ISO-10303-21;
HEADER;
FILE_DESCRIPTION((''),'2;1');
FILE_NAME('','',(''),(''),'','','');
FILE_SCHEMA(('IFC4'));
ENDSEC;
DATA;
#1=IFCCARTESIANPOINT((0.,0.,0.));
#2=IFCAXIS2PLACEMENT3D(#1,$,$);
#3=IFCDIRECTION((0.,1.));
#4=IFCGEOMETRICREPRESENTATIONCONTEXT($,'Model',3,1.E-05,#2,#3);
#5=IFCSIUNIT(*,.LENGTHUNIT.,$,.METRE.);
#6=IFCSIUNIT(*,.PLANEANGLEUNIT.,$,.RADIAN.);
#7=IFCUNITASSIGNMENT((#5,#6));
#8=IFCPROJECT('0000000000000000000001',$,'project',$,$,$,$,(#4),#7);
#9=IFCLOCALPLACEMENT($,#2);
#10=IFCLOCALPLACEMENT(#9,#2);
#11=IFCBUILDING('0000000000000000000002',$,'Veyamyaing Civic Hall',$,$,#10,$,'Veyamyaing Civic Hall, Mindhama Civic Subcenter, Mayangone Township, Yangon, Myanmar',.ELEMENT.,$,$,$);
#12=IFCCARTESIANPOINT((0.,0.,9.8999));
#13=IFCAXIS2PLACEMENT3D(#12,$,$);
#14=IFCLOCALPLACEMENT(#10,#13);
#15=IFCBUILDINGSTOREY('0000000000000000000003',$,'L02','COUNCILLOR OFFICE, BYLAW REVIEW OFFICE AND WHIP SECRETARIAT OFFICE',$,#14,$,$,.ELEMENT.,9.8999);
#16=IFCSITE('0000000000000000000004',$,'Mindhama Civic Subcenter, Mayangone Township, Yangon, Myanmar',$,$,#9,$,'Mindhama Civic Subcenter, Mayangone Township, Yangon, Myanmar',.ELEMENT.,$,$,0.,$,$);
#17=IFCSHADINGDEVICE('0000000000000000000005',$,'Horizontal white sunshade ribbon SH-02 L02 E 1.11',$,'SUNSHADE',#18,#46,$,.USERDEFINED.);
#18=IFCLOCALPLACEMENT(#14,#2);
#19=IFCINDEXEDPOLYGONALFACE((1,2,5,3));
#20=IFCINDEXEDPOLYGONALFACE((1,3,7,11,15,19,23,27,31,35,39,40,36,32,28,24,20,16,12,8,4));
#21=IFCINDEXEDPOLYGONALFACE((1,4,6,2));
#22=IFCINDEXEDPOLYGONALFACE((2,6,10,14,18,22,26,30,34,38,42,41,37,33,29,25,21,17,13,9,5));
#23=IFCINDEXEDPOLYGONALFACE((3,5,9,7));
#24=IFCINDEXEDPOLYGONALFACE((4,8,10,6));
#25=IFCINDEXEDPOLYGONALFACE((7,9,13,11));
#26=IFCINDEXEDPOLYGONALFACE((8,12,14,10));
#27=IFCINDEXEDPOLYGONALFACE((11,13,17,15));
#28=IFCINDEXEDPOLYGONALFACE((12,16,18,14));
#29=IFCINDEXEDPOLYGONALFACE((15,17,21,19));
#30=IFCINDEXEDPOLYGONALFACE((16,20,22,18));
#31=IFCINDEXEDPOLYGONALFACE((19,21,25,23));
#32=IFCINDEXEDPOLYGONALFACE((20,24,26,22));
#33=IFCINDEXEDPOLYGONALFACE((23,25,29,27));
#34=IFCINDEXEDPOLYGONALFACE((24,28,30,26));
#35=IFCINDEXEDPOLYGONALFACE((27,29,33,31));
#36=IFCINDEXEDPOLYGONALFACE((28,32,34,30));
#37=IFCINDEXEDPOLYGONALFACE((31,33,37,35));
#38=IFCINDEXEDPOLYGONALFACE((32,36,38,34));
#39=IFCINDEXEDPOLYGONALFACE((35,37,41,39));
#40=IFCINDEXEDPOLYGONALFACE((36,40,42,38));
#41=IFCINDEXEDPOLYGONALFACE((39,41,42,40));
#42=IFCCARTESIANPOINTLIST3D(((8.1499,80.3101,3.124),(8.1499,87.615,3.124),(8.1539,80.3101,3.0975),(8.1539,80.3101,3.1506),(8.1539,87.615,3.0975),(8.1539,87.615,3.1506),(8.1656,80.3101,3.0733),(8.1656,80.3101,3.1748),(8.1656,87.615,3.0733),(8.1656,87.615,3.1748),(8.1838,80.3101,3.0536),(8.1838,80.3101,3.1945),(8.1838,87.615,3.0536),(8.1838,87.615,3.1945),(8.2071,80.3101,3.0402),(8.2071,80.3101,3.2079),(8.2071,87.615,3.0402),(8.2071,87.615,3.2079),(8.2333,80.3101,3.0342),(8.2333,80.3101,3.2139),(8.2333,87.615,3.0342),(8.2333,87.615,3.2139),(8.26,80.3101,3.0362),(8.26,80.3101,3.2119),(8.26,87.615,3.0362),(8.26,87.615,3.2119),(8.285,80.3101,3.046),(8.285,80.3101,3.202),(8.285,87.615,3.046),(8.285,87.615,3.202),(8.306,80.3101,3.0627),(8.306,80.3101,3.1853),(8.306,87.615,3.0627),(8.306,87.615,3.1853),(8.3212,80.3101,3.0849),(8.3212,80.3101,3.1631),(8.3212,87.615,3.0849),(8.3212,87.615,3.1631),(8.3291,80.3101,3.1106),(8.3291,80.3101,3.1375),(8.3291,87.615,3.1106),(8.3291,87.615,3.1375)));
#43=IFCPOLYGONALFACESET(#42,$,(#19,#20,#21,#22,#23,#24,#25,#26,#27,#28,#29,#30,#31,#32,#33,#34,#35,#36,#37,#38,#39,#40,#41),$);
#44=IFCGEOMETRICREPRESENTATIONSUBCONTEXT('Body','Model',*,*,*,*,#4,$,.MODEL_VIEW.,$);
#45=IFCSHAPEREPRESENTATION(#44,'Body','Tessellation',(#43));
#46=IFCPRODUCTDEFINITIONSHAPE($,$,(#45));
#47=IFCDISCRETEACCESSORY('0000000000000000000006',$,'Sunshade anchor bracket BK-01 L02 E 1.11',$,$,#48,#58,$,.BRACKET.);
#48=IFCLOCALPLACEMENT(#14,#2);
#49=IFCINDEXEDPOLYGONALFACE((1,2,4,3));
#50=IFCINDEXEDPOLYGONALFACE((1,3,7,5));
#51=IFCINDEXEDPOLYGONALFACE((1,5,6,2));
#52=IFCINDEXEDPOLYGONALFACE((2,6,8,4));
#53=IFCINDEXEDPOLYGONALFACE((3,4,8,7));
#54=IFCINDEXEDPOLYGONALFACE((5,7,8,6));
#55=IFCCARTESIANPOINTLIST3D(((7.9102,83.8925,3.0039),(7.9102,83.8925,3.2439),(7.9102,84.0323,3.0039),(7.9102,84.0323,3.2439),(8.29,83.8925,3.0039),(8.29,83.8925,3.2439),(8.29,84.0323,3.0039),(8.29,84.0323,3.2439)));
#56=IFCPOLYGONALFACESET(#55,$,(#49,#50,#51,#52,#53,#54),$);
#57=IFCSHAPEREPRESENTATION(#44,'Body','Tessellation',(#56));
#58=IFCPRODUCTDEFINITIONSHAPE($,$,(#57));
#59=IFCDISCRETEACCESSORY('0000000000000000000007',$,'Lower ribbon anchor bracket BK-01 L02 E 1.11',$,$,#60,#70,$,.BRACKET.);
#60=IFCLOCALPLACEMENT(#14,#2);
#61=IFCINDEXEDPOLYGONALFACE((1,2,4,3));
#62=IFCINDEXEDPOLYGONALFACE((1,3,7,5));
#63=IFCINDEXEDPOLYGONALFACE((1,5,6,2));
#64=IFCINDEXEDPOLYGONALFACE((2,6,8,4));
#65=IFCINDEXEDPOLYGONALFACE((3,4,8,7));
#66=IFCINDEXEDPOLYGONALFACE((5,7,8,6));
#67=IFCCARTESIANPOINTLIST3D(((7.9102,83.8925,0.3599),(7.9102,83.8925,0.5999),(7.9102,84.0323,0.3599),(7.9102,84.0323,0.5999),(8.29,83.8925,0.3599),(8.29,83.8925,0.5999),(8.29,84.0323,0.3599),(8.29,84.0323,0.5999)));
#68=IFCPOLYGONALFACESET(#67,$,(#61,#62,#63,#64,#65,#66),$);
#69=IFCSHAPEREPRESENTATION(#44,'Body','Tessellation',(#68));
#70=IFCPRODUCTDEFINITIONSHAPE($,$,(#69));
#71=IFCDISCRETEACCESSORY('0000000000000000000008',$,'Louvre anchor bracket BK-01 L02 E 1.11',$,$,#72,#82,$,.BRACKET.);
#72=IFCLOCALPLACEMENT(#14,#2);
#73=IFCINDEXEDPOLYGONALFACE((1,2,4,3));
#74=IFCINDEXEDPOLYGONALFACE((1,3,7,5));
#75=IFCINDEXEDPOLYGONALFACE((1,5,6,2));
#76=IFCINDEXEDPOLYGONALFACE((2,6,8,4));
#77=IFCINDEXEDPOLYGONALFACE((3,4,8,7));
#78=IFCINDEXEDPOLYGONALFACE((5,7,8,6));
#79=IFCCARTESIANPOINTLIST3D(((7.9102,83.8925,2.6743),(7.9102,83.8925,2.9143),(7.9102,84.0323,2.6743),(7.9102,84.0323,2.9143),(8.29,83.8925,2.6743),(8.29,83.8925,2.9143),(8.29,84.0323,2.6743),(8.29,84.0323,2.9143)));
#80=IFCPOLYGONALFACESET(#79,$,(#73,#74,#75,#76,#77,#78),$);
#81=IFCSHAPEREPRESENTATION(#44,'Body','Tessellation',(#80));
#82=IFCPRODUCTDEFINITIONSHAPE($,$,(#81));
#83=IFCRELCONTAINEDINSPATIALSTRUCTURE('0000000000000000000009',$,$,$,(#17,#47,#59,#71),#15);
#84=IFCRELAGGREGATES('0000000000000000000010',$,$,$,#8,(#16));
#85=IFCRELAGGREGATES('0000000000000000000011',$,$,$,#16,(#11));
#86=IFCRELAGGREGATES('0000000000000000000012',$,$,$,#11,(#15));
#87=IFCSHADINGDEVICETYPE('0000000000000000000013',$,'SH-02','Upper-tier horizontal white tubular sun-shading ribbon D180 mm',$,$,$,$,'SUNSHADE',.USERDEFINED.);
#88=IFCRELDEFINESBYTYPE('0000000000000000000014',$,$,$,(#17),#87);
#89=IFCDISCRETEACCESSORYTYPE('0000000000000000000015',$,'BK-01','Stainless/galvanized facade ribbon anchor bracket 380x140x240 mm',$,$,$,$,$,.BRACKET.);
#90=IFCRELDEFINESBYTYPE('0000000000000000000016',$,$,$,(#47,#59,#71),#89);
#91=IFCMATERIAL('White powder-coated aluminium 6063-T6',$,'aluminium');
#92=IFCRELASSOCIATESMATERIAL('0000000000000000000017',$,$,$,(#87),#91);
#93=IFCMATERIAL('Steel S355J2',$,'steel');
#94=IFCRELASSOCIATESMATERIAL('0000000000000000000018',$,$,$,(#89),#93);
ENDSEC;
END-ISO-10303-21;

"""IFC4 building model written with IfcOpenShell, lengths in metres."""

from ifc_helpers import new_model, si_unit, direction, frame, origin, origin_2d, place, context, subcontext, project, spatial, rectangle, circle, extrude, material, material_profile, profile_set, type_object, element, save


model = new_model("IFC4")

# Units and contexts
model_context = context("Model", 3, precision=1e-05, world=origin(), true_north=direction((0.0, 1.0)))
body_context = subcontext(model_context, "Body", "Model", "MODEL_VIEW")
ifc_project = project(units=[si_unit("LENGTHUNIT", "METRE"), si_unit("PLANEANGLEUNIT", "RADIAN")], contexts=[model_context])

# Site, building, storey
site_placement = place(None, origin())
site = spatial("IfcSite", under=ifc_project, at=site_placement, Name="Mindhama Civic Subcenter, Mayangone Township, Yangon, Myanmar", LongName="Mindhama Civic Subcenter, Mayangone Township, Yangon, Myanmar", CompositionType="ELEMENT", RefElevation=0.0)
building_placement = place(site_placement, origin())
building = spatial("IfcBuilding", under=site, at=building_placement, Name="Veyamyaing Civic Hall", LongName="Veyamyaing Civic Hall, Mindhama Civic Subcenter, Mayangone Township, Yangon, Myanmar", CompositionType="ELEMENT")
storey_placement = place(building_placement, frame((0.0, 0.0, 9.8999)))
storey = spatial("IfcBuildingStorey", under=building, at=storey_placement, Name="L02", Description="COUNCILLOR OFFICE, BYLAW REVIEW OFFICE AND WHIP SECRETARIAT OFFICE", CompositionType="ELEMENT", Elevation=9.8999)

# Shared definitions
ifc_material_1 = material(Name="White powder-coated aluminium 6063-T6", Category="aluminium")

# Shading device
ifc_material_profile_1 = material_profile(ifc_material_1, circle(Radius=0.0901, at=origin_2d()), Name="SHADE-TUBE-180")
ifc_profile_set_1 = profile_set([ifc_material_profile_1], Name="White powder-coated aluminium 6063-T6")
shading_device_type_1 = type_object("IfcShadingDeviceType", Name="SH-02", Description="Upper-tier horizontal white tubular sun-shading ribbon D180 mm", ElementType="SUNSHADE", PredefinedType="USERDEFINED", material=ifc_profile_set_1)
shading_device_1_placement = place(storey_placement, frame((8.24, 80.3101, 3.124), z_axis=(0.0, 1.0, 0.0), x_axis=(-1.0, 0.0, 0.0)))
element("IfcShadingDevice", 1, at=shading_device_1_placement, inside=storey, type_object=shading_device_type_1, Name="Horizontal white sunshade ribbon SH-02 L02 E 1.11", ObjectType="SUNSHADE", PredefinedType="USERDEFINED", context=body_context, shape_type="SweptSolid", body=[
    extrude(circle(Radius=0.0901, at=origin_2d()), origin(), (0.0, 0.0, 1.0), 7.3049),
])

# Discrete accessories
ifc_material_2 = material(Name="Steel S355J2", Category="steel")
discrete_accessory_type = type_object("IfcDiscreteAccessoryType", Name="BK-01", Description="Stainless/galvanized facade ribbon anchor bracket 380x140x240 mm", PredefinedType="BRACKET", material=ifc_material_2)
for number, where, z_axis, x_axis, name in (
    (2, (8.1001, 83.9624, 3.0039), (0.0, 0.0, 1.0), (1.0, 0.0, 0.0), "Sunshade anchor bracket BK-01 L02 E 1.11"),
    (3, (8.1001, 83.9624, 0.3599), (0.0, 0.0, 1.0), (1.0, 0.0, 0.0), "Lower ribbon anchor bracket BK-01 L02 E 1.11"),
    (4, (8.1001, 83.9624, 2.6743), (0.0, 0.0, 1.0), (1.0, 0.0, 0.0), "Louvre anchor bracket BK-01 L02 E 1.11"),
):
    element("IfcDiscreteAccessory", number, at=place(storey_placement, frame(where, z_axis=z_axis, x_axis=x_axis)), inside=storey, type_object=discrete_accessory_type, Name=name, PredefinedType="BRACKET", context=body_context, shape_type="SweptSolid", body=[
        extrude(rectangle(XDim=0.3799, YDim=0.1399, at=origin_2d()), origin(), (0.0, 0.0, 1.0), 0.24),
    ])

save(model, "model.ifc")
